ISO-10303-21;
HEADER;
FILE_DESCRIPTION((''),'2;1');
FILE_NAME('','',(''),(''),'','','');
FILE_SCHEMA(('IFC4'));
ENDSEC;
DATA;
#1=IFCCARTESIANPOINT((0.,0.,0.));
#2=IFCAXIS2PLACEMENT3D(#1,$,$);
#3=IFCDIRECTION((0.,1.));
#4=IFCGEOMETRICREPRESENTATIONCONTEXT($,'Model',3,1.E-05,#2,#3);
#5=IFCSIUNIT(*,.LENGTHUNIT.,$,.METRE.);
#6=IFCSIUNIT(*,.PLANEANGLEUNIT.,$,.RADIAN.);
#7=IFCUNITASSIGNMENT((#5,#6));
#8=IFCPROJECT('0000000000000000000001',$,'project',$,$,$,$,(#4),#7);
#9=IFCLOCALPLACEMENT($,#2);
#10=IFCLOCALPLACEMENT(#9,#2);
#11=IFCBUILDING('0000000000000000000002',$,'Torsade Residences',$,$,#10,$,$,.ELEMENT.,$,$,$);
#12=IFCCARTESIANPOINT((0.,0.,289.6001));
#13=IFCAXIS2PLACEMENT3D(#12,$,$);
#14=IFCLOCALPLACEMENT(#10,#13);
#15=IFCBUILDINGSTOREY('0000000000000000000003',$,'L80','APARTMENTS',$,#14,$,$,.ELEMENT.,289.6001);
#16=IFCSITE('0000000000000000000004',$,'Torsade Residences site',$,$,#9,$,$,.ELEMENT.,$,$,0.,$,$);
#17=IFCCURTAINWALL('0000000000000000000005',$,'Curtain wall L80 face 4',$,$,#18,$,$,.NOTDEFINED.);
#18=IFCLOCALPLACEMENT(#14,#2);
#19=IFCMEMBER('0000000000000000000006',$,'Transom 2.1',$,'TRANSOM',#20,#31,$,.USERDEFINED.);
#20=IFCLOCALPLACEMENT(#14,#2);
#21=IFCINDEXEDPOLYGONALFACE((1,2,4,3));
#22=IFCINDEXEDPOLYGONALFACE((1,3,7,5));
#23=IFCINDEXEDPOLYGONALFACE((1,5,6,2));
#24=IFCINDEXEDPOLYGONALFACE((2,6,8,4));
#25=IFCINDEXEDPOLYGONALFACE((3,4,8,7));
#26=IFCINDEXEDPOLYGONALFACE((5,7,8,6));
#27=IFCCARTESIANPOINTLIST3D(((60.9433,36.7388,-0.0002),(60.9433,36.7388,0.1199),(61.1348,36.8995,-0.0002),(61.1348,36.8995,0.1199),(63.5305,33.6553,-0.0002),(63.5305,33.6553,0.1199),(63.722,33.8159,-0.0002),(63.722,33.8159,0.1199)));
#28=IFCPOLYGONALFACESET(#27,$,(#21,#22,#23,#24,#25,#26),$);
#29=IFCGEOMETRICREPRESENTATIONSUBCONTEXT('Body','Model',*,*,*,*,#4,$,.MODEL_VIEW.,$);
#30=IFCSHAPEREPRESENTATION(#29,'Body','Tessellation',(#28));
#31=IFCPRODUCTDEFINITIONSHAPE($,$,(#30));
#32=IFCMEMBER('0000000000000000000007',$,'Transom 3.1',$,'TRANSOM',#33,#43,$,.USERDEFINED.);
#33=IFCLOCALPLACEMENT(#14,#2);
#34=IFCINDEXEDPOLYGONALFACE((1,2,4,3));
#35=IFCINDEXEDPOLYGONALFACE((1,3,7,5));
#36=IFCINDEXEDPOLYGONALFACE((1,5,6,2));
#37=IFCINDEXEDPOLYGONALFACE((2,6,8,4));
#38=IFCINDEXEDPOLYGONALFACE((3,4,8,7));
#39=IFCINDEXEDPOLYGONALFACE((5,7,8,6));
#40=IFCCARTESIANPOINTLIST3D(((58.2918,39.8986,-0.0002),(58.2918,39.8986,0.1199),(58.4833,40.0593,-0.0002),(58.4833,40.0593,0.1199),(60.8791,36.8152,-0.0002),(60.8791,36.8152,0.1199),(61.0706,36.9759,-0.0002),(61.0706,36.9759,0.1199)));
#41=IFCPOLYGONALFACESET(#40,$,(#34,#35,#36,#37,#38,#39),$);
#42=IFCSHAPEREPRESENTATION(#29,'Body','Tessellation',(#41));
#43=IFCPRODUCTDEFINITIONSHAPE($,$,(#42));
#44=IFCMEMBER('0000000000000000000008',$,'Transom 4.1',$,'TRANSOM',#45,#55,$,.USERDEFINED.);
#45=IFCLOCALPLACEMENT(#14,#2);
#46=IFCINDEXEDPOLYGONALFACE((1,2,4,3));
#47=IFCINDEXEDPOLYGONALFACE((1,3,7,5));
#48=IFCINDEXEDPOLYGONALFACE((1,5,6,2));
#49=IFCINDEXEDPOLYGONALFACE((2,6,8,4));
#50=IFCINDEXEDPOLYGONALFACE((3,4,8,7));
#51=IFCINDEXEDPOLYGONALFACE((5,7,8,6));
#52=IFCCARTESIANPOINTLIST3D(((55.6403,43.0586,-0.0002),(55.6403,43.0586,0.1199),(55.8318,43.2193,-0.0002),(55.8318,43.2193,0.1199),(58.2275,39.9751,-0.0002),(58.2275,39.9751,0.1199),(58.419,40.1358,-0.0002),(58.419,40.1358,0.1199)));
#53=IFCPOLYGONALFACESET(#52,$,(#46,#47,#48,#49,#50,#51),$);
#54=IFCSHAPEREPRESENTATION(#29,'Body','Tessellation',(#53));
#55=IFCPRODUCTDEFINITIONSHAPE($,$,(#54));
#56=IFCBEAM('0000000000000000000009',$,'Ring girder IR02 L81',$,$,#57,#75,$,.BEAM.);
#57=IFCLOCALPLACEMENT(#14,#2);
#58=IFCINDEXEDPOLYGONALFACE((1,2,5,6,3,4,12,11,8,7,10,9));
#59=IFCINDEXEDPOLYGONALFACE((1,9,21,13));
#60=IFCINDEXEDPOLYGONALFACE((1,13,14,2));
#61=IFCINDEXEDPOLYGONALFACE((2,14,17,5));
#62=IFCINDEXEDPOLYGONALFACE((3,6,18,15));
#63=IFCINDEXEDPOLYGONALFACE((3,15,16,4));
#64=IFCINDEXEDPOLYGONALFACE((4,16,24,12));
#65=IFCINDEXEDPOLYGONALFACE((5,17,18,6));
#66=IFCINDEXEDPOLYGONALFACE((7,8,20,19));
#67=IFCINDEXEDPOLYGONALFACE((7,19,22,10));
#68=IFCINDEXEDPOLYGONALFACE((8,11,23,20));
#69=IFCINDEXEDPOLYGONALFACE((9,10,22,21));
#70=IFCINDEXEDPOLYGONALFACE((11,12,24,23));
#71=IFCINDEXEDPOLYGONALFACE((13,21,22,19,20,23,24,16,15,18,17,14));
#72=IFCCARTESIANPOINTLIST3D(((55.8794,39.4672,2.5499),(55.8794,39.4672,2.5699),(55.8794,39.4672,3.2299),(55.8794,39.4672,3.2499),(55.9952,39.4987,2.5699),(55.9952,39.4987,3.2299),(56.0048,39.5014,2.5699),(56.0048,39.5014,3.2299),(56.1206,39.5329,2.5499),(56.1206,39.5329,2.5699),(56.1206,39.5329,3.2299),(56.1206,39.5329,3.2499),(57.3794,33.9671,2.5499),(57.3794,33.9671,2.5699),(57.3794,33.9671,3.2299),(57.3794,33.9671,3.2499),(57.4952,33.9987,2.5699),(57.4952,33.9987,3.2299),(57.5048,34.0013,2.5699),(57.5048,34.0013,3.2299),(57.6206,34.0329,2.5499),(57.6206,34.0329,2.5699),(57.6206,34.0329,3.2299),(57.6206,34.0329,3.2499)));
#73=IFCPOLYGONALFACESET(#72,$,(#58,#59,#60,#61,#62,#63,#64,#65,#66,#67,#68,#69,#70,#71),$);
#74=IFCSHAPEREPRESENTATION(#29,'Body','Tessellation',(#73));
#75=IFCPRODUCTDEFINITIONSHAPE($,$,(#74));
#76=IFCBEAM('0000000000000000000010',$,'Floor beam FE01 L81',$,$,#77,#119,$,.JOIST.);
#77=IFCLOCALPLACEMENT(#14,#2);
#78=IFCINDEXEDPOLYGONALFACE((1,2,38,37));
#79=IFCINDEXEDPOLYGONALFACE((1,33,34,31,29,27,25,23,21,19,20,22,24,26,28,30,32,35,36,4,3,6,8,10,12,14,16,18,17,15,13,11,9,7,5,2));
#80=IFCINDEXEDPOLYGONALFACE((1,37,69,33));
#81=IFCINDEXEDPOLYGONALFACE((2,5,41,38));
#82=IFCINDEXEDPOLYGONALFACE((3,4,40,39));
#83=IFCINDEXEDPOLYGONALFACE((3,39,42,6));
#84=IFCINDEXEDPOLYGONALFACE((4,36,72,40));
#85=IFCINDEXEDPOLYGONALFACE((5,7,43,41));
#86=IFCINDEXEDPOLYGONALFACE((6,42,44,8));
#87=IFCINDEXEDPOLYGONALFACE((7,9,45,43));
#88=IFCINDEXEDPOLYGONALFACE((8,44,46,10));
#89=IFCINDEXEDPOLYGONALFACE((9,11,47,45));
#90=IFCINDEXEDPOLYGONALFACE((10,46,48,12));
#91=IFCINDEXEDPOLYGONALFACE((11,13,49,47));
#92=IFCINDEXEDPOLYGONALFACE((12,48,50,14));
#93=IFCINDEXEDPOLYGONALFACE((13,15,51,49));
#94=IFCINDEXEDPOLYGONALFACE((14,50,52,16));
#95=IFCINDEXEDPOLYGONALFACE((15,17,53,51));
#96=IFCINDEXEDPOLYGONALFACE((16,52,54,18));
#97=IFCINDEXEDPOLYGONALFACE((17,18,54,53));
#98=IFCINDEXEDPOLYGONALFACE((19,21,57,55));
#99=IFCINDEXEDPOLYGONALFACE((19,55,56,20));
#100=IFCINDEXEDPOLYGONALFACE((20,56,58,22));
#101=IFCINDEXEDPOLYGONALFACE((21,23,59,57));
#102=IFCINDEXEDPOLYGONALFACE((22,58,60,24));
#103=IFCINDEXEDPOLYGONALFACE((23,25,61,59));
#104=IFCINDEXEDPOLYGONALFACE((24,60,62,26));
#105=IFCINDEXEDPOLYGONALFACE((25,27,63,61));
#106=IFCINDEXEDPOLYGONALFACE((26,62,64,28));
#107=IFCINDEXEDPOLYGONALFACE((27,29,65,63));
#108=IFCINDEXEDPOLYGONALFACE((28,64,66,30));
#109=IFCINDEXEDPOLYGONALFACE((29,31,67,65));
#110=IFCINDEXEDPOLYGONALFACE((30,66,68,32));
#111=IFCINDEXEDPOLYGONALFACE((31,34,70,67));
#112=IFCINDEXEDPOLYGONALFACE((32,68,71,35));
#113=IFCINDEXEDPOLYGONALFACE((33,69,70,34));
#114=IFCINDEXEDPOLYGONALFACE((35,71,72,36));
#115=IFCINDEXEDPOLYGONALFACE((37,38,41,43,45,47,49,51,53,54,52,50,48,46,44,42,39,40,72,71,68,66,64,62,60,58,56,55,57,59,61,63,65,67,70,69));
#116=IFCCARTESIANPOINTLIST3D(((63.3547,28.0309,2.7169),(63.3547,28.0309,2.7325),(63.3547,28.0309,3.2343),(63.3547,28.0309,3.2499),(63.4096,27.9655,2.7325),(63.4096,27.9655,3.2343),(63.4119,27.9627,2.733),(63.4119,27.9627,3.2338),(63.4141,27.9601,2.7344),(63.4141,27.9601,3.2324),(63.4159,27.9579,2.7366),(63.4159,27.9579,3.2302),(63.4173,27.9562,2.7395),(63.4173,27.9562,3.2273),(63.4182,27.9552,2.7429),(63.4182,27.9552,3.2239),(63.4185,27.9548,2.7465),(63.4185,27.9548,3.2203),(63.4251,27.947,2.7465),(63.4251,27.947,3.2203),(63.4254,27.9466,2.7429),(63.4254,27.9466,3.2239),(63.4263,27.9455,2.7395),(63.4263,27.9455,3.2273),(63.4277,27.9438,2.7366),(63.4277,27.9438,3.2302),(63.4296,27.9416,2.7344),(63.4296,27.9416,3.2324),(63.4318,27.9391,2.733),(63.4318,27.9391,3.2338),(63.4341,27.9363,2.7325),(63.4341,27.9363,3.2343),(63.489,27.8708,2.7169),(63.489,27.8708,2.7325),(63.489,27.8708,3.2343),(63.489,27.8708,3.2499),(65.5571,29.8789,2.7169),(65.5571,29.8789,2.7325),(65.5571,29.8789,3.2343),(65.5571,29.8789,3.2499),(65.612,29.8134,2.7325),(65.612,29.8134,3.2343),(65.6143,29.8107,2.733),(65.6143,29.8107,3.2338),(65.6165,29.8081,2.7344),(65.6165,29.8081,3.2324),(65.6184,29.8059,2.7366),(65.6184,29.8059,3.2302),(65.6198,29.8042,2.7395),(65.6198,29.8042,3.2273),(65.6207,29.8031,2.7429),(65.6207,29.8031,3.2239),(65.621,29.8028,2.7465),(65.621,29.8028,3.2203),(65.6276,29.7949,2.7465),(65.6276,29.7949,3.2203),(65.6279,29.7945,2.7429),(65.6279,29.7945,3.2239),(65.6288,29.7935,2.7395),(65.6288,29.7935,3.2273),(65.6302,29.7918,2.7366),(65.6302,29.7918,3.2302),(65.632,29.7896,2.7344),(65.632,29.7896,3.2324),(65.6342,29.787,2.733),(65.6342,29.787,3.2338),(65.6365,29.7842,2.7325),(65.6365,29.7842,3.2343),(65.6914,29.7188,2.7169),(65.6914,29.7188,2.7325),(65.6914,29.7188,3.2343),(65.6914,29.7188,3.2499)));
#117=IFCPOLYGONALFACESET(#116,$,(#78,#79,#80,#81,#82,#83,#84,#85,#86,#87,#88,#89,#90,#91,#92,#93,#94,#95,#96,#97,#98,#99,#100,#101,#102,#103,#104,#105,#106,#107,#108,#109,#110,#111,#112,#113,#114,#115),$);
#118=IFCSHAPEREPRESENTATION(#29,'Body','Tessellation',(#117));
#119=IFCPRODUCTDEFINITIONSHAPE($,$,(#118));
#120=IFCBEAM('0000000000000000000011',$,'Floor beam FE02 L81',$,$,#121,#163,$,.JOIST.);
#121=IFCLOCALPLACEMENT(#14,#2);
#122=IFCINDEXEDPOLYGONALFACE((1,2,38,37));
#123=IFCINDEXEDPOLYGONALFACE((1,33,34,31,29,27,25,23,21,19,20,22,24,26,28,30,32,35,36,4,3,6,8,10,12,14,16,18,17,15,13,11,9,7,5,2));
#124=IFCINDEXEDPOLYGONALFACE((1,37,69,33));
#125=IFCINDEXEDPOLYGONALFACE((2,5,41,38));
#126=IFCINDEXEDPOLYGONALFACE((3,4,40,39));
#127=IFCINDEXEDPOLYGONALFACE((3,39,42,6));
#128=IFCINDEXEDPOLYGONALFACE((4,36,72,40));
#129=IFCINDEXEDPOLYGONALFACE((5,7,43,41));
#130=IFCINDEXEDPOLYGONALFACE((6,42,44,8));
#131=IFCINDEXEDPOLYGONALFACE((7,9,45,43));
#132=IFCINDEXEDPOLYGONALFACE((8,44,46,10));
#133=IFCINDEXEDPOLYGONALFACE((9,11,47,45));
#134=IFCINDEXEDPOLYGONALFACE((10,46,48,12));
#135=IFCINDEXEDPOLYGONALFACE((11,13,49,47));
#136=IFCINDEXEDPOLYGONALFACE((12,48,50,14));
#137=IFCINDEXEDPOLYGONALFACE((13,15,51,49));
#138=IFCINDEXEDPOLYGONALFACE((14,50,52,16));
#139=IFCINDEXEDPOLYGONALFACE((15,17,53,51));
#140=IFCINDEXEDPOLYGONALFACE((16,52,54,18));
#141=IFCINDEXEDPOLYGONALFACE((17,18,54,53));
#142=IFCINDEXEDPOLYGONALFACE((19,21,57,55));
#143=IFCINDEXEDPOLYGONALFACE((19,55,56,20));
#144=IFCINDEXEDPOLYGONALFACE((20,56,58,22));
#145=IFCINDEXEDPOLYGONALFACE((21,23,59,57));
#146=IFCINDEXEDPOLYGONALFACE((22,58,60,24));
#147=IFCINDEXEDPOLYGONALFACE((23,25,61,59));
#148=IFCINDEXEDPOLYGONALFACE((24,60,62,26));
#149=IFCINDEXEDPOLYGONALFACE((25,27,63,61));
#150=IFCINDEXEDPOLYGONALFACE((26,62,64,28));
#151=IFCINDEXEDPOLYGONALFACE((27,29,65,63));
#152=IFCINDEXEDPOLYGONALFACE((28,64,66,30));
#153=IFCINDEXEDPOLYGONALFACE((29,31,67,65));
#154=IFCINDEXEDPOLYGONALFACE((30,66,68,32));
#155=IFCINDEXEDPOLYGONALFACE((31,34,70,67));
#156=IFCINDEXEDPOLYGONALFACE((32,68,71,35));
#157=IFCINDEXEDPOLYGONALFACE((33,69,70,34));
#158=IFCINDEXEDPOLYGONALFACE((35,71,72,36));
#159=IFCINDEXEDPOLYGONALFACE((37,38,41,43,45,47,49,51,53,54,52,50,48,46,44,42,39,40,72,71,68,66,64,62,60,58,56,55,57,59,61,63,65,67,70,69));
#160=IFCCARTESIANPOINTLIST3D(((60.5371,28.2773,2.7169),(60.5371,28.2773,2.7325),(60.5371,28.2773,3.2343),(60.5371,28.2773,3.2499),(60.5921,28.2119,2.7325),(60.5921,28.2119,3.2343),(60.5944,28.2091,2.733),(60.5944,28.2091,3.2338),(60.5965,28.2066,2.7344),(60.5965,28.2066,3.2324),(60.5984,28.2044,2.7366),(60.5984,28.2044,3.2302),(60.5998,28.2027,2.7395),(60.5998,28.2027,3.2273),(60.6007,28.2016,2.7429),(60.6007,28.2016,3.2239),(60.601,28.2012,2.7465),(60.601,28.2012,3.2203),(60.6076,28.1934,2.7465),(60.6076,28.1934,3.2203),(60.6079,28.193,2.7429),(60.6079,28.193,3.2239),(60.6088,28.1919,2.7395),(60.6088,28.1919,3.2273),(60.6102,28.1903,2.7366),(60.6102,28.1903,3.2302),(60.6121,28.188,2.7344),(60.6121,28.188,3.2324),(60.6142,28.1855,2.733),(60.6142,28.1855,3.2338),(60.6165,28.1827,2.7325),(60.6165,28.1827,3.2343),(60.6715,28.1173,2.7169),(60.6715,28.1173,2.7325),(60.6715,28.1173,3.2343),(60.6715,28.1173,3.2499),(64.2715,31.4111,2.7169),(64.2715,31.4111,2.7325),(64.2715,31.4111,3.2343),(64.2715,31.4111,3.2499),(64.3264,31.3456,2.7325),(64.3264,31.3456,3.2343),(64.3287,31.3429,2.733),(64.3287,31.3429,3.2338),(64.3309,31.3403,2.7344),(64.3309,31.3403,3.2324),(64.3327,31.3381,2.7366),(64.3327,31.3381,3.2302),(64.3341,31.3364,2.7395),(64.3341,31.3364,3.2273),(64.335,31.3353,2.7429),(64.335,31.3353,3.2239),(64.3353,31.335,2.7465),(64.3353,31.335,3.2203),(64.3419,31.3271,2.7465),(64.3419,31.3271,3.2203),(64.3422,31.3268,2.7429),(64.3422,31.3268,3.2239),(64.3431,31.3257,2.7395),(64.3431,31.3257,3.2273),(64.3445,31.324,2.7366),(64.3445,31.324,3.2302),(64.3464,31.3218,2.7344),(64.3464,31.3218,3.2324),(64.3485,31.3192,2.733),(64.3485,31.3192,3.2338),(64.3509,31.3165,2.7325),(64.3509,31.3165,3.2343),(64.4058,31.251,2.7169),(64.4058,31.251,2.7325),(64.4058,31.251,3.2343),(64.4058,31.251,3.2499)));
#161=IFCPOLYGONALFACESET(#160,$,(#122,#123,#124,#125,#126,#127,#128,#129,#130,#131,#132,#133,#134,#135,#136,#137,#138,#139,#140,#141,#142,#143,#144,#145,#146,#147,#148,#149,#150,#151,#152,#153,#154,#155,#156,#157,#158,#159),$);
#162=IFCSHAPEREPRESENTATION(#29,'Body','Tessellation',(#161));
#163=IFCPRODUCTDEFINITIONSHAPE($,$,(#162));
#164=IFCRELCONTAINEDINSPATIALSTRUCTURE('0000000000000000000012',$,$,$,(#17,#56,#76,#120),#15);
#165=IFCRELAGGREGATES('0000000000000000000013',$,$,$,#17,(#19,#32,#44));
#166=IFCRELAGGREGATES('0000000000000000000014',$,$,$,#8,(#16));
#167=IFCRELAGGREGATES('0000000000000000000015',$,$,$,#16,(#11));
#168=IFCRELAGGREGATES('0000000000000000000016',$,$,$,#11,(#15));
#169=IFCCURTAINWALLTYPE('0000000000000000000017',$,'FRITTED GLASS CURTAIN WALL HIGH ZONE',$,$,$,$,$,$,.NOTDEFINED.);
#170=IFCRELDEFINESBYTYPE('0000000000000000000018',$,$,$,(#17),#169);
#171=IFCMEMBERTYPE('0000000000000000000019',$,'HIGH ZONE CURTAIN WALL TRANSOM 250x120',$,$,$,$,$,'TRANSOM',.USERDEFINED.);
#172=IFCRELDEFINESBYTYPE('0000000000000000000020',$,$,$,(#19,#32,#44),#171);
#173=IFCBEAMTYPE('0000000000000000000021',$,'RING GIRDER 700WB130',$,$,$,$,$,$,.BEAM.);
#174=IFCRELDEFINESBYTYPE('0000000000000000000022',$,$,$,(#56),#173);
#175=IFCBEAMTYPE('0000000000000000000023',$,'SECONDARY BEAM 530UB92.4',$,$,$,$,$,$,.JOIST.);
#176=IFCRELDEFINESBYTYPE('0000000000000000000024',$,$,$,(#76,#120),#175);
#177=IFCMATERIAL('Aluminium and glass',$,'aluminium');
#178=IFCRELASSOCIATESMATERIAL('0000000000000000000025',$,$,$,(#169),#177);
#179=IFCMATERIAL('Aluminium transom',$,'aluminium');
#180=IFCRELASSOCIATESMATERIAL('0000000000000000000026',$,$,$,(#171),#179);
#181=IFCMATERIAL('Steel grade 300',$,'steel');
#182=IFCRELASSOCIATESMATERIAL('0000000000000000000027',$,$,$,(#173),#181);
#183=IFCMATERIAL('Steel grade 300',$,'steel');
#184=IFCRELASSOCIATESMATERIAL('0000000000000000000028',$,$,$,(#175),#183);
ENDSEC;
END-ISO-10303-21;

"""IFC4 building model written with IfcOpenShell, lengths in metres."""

from ifc_helpers import new_model, si_unit, direction, frame, origin, origin_2d, place, context, subcontext, project, spatial, rectangle, i_section, extrude, material, material_profile, profile_set, type_object, element, aggregate, save


model = new_model("IFC4")

# Units and contexts
model_context = context("Model", 3, precision=1e-05, world=origin(), true_north=direction((0.0, 1.0)))
body_context = subcontext(model_context, "Body", "Model", "MODEL_VIEW")
ifc_project = project(units=[si_unit("LENGTHUNIT", "METRE"), si_unit("PLANEANGLEUNIT", "RADIAN")], contexts=[model_context])

# Site, building, storey
site_placement = place(None, origin())
site = spatial("IfcSite", under=ifc_project, at=site_placement, Name="Torsade Residences site", CompositionType="ELEMENT", RefElevation=0.0)
building_placement = place(site_placement, origin())
building = spatial("IfcBuilding", under=site, at=building_placement, Name="Torsade Residences", CompositionType="ELEMENT")
storey_placement = place(building_placement, frame((0.0, 0.0, 289.6001)))
storey = spatial("IfcBuildingStorey", under=building, at=storey_placement, Name="L80", Description="APARTMENTS", CompositionType="ELEMENT", Elevation=289.6001)

# Curtain wall, members
ifc_material_1 = material(Name="Aluminium and glass", Category="aluminium")
curtain_wall_type = type_object("IfcCurtainWallType", Name="FRITTED GLASS CURTAIN WALL HIGH ZONE", PredefinedType="NOTDEFINED", material=ifc_material_1)
curtain_wall_placement = place(storey_placement, origin())
curtain_wall = element("IfcCurtainWall", 1, at=curtain_wall_placement, inside=storey, type_object=curtain_wall_type, Name="Curtain wall L80 face 4", PredefinedType="NOTDEFINED")
ifc_material_2 = material(Name="Aluminium transom", Category="aluminium")
ifc_material_profile_1 = material_profile(ifc_material_2, rectangle(XDim=0.25, YDim=0.1201, at=origin_2d()), Name="HIGH ZONE CURTAIN WALL TRANSOM 250x120")
ifc_profile_set_1 = profile_set([ifc_material_profile_1], Name="Aluminium transom")
member_type_1 = type_object("IfcMemberType", Name="HIGH ZONE CURTAIN WALL TRANSOM 250x120", ElementType="TRANSOM", PredefinedType="USERDEFINED", material=ifc_profile_set_1)
member_1_placement = place(storey_placement, frame((63.6262, 33.7356, 0.0598), z_axis=(-0.642758, 0.766069, 0.0), x_axis=(-0.766069, -0.642758, 0.0)))
member_1 = element("IfcMember", 2, at=member_1_placement, type_object=member_type_1, Name="Transom 2.1", ObjectType="TRANSOM", PredefinedType="USERDEFINED", context=body_context, shape_type="SweptSolid", body=[
    extrude(rectangle(XDim=0.25, YDim=0.1201, at=origin_2d()), origin(), (0.0, 0.0, 1.0), 4.0251),
])
member_2_placement = place(storey_placement, frame((60.9749, 36.8955, 0.0598), z_axis=(-0.642794, 0.766039, 0.0), x_axis=(-0.766039, -0.642794, 0.0)))
member_2 = element("IfcMember", 3, at=member_2_placement, type_object=member_type_1, Name="Transom 3.1", ObjectType="TRANSOM", PredefinedType="USERDEFINED", context=body_context, shape_type="SweptSolid", body=[
    extrude(rectangle(XDim=0.25, YDim=0.1201, at=origin_2d()), origin(), (0.0, 0.0, 1.0), 4.0251),
])
member_3_placement = place(storey_placement, frame((58.3232, 40.0554, 0.0598), z_axis=(-0.642758, 0.766069, 0.0), x_axis=(-0.766069, -0.642758, 0.0)))
member_3 = element("IfcMember", 4, at=member_3_placement, type_object=member_type_1, Name="Transom 4.1", ObjectType="TRANSOM", PredefinedType="USERDEFINED", context=body_context, shape_type="SweptSolid", body=[
    extrude(rectangle(XDim=0.25, YDim=0.1201, at=origin_2d()), origin(), (0.0, 0.0, 1.0), 4.0251),
])

# Beams
ifc_material_3 = material(Name="Steel grade 300", Category="steel")
ifc_material_profile_2 = material_profile(ifc_material_3, i_section(OverallWidth=0.25, OverallDepth=0.7, WebThickness=0.01, FlangeThickness=0.02, at=origin_2d()), Name="700WB130")
ifc_profile_set_2 = profile_set([ifc_material_profile_2], Name="Steel grade 300")
beam_type_1 = type_object("IfcBeamType", Name="RING GIRDER 700WB130", PredefinedType="BEAM", material=ifc_profile_set_2)
beam_1_placement = place(storey_placement, frame((57.5, 34.0, 2.8999), z_axis=(-0.263117, 0.964764, 0.0), x_axis=(-0.964764, -0.263117, 0.0)))
element("IfcBeam", 5, at=beam_1_placement, inside=storey, type_object=beam_type_1, Name="Ring girder IR02 L81", PredefinedType="BEAM", context=body_context, shape_type="SweptSolid", body=[
    extrude(i_section(OverallWidth=0.25, OverallDepth=0.7, WebThickness=0.01, FlangeThickness=0.02, at=origin_2d()), origin(), (0.0, 0.0, 1.0), 5.7009),
])
ifc_material_4 = material(Name="Steel grade 300", Category="steel")
ifc_material_profile_3 = material_profile(ifc_material_4, i_section(OverallWidth=0.209, OverallDepth=0.533, WebThickness=0.0103, FlangeThickness=0.0156, FilletRadius=0.0139, at=origin_2d()), Name="530UB92.4")
ifc_profile_set_3 = profile_set([ifc_material_profile_3], Name="Steel grade 300")
beam_type_2 = type_object("IfcBeamType", Name="SECONDARY BEAM 530UB92.4", PredefinedType="JOIST", material=ifc_profile_set_3)
beam_2_placement = place(storey_placement, frame((65.6243, 29.7988, 2.9834), z_axis=(-0.766066, -0.642762, 0.0), x_axis=(0.642762, -0.766066, 0.0)))
element("IfcBeam", 6, at=beam_2_placement, inside=storey, type_object=beam_type_2, Name="Floor beam FE01 L81", PredefinedType="JOIST", context=body_context, shape_type="SweptSolid", body=[
    extrude(i_section(OverallWidth=0.209, OverallDepth=0.533, WebThickness=0.0103, FlangeThickness=0.0156, FilletRadius=0.0139, at=origin_2d()), origin(), (0.0, 0.0, 1.0), 2.875),
])
beam_3_placement = place(storey_placement, frame((64.3386, 31.3311, 2.9834), z_axis=(-0.766017, -0.642821, 0.0), x_axis=(0.642821, -0.766017, 0.0)))
element("IfcBeam", 7, at=beam_3_placement, inside=storey, type_object=beam_type_2, Name="Floor beam FE02 L81", PredefinedType="JOIST", context=body_context, shape_type="SweptSolid", body=[
    extrude(i_section(OverallWidth=0.209, OverallDepth=0.533, WebThickness=0.0103, FlangeThickness=0.0156, FilletRadius=0.0139, at=origin_2d()), origin(), (0.0, 0.0, 1.0), 4.875),
])

aggregate(curtain_wall, [member_1, member_2, member_3])

save(model, "model.ifc")
